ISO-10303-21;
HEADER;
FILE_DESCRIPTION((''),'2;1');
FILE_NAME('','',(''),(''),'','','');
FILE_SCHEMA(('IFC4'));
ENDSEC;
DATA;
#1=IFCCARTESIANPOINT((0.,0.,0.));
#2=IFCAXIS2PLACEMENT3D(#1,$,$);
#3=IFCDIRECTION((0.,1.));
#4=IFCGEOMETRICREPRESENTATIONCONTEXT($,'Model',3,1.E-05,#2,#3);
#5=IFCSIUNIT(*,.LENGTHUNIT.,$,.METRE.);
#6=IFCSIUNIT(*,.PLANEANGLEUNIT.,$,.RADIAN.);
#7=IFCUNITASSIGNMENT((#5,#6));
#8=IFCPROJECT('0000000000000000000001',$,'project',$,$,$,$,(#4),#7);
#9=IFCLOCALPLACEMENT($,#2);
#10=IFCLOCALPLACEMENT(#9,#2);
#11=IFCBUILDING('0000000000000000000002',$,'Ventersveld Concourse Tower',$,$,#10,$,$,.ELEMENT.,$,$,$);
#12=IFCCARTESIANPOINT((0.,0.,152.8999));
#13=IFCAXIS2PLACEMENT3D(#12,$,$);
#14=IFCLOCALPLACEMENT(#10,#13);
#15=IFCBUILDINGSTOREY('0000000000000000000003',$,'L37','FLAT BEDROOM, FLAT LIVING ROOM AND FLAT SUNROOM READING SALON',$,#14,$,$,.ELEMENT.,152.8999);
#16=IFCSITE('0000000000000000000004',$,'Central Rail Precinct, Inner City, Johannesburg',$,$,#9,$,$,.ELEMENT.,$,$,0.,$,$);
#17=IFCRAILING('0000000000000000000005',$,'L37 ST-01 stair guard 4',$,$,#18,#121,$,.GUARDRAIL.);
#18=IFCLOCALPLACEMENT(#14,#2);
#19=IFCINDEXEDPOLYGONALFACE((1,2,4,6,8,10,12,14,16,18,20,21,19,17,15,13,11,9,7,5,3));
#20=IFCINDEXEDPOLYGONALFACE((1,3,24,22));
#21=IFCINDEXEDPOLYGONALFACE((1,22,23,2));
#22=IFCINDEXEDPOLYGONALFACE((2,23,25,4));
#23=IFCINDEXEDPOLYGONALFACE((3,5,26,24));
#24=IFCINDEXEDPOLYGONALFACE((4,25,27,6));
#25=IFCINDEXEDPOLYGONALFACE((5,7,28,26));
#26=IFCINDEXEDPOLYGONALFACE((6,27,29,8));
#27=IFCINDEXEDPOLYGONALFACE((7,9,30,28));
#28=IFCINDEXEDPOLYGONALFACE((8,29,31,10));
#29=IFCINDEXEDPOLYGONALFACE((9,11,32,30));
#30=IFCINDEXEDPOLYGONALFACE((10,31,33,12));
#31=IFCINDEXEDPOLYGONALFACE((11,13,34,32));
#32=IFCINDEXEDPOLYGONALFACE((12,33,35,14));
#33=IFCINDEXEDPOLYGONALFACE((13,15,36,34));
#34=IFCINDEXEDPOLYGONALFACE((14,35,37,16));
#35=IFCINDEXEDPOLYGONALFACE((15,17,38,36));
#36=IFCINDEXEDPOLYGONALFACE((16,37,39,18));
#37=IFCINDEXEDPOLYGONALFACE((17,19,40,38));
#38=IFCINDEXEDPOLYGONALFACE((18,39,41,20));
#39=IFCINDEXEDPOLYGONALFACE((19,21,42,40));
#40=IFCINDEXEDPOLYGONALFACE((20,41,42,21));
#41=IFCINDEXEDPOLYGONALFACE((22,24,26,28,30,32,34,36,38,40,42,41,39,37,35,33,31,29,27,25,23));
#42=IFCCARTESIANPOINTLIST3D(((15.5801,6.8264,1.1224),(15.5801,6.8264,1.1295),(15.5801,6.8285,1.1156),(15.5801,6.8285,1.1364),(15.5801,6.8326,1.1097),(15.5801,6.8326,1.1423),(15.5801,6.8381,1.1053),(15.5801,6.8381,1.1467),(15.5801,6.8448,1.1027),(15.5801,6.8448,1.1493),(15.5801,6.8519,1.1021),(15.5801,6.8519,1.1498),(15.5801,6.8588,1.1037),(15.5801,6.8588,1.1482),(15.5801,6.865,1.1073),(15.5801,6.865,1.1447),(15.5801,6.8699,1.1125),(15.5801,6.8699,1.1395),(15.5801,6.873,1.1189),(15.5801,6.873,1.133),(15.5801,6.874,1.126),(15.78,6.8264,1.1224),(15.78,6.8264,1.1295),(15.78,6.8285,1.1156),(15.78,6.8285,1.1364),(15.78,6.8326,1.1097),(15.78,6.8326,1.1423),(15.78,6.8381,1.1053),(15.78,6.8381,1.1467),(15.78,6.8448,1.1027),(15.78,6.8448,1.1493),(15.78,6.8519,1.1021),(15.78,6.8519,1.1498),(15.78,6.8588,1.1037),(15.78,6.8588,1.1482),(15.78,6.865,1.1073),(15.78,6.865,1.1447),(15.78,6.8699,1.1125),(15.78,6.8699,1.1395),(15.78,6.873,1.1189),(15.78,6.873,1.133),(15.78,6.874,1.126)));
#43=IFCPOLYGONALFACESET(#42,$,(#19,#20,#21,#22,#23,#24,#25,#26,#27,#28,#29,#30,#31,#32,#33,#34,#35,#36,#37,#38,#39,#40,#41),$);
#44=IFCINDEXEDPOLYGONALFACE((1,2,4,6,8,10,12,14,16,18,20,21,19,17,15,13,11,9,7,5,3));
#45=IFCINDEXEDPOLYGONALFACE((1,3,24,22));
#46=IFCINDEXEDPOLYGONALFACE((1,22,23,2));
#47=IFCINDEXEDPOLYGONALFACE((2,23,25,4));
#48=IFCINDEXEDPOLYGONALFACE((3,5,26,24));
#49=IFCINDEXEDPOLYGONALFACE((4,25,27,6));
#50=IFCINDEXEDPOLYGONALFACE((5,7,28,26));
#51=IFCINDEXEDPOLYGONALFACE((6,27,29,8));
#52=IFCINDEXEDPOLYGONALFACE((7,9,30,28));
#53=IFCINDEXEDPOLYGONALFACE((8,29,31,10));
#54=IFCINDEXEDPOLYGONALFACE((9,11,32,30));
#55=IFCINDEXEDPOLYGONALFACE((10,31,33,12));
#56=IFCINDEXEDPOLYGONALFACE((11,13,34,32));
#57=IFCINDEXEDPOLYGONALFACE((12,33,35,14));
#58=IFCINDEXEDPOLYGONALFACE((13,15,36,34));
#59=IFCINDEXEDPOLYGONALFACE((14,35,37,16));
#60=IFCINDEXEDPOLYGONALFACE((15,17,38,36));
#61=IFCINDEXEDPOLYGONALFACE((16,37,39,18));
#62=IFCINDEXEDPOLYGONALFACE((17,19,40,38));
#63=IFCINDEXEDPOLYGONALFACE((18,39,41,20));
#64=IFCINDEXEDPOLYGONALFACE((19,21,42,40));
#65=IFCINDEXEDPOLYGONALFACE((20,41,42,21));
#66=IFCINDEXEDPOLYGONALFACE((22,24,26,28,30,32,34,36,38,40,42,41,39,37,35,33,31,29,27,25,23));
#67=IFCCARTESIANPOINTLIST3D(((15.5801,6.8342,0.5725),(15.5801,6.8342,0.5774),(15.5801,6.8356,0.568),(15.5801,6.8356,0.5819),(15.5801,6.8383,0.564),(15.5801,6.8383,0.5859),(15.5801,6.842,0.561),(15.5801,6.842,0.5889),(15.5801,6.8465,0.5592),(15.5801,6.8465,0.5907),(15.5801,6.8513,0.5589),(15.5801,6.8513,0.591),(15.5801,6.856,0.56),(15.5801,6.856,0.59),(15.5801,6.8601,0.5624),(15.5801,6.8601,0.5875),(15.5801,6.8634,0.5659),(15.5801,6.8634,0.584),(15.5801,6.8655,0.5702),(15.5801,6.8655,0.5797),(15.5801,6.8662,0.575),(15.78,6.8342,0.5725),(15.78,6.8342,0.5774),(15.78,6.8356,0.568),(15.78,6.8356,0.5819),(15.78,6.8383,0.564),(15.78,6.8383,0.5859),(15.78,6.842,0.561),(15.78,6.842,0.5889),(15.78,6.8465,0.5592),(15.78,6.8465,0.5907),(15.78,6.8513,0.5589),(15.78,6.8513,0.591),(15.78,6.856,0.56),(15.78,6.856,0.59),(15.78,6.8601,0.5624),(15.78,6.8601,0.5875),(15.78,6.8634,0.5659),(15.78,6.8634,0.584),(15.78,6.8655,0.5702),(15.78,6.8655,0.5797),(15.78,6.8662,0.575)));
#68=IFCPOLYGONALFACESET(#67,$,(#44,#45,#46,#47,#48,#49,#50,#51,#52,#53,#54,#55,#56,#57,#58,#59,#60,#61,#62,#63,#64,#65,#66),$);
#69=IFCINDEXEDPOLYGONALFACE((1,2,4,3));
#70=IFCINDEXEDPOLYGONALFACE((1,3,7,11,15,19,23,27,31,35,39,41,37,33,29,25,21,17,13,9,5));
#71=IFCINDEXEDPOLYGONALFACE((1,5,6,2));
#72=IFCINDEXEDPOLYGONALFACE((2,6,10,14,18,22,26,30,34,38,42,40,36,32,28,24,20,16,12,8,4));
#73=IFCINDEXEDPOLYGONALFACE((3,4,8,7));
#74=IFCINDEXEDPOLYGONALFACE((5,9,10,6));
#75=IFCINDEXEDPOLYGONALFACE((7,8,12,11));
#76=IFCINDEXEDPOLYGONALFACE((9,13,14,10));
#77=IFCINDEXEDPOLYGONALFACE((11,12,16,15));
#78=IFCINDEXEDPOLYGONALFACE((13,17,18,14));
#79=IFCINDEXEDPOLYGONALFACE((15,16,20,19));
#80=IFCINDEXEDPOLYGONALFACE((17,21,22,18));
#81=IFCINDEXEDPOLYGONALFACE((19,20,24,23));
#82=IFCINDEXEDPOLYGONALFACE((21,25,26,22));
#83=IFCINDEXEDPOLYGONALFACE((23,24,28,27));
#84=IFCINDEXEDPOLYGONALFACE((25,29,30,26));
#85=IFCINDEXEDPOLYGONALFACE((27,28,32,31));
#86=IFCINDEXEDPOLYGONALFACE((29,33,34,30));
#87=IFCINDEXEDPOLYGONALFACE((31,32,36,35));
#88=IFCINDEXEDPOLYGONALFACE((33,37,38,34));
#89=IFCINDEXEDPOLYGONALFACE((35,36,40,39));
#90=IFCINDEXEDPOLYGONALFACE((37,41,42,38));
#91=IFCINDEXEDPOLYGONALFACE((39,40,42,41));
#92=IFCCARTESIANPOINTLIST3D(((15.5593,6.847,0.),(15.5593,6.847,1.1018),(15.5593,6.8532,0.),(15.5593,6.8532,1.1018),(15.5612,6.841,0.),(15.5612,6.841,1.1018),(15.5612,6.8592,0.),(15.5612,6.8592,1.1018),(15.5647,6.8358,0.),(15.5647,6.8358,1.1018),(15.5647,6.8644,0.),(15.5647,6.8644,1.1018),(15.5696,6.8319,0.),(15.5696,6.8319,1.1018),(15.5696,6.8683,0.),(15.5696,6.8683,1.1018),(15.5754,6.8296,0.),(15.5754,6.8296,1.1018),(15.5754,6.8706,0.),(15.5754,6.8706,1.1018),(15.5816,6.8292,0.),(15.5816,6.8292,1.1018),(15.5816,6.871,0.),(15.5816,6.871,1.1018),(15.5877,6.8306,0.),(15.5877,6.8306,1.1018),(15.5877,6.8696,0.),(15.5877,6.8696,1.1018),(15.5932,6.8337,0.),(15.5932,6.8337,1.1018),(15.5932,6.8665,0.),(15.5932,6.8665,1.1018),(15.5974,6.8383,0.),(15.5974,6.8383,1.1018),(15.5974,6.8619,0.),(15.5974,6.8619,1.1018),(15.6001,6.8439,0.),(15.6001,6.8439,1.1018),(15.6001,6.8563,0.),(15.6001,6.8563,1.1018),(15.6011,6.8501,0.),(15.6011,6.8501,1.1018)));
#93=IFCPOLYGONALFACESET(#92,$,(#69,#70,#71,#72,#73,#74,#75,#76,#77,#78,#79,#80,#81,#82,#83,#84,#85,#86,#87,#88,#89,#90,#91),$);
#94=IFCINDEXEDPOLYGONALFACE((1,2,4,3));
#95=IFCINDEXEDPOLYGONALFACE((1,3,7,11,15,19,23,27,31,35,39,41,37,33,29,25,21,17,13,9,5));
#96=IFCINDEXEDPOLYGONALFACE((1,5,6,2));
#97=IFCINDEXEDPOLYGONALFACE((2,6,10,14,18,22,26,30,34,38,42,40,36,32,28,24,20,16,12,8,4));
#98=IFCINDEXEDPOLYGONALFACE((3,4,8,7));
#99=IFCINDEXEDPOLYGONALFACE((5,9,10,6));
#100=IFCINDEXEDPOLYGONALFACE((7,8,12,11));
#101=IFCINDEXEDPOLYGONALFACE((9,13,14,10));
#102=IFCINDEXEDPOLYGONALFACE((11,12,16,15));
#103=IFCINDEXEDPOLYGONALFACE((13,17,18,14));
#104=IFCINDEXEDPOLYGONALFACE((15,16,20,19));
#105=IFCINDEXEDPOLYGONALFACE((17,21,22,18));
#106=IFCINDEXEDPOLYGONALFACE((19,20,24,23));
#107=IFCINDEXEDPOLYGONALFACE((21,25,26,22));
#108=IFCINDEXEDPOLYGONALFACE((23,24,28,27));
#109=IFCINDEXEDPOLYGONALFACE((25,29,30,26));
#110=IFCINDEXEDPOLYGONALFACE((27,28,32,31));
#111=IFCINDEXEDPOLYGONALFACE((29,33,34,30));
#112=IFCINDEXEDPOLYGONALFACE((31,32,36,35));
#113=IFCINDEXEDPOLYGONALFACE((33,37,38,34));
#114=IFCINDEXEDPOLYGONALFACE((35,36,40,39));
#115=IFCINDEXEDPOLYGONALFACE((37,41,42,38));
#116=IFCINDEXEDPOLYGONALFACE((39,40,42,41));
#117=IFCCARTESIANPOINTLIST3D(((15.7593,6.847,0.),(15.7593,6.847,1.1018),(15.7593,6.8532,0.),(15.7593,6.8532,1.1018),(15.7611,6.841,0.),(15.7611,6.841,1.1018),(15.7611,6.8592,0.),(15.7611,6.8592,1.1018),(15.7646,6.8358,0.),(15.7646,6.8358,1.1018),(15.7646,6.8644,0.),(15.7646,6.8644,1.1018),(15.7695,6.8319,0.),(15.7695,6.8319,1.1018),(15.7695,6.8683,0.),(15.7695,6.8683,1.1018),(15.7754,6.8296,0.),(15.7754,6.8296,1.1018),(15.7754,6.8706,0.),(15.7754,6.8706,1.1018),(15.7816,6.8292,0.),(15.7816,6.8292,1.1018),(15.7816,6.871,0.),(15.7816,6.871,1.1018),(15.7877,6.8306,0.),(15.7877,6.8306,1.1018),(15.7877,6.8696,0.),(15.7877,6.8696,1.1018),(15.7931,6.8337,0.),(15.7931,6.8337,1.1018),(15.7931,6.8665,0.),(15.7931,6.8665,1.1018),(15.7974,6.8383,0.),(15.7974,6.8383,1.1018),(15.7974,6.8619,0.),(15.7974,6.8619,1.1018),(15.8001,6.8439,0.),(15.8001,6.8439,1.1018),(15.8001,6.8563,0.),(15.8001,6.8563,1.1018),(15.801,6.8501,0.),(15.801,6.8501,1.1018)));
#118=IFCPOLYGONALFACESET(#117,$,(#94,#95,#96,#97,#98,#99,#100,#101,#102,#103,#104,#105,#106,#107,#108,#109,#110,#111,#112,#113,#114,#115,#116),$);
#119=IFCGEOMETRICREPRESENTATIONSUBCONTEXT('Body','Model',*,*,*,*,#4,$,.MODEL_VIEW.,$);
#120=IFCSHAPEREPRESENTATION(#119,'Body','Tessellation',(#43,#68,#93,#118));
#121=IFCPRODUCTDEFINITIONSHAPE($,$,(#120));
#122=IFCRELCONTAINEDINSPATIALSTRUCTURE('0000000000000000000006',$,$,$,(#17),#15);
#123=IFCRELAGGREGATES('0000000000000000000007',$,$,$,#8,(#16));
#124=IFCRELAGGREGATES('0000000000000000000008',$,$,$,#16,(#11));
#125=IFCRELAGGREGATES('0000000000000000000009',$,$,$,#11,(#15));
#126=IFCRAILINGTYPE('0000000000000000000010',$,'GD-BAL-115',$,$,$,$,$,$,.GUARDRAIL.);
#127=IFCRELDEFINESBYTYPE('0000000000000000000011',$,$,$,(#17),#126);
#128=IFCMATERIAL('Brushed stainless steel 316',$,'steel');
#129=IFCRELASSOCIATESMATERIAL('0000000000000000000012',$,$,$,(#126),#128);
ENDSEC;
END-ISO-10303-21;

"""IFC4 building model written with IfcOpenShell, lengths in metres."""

from ifc_helpers import new_model, si_unit, direction, frame, origin, origin_2d, place, context, subcontext, project, spatial, circle, extrude, material, type_object, element, save


model = new_model("IFC4")

# Units and contexts
model_context = context("Model", 3, precision=1e-05, world=origin(), true_north=direction((0.0, 1.0)))
body_context = subcontext(model_context, "Body", "Model", "MODEL_VIEW")
ifc_project = project(units=[si_unit("LENGTHUNIT", "METRE"), si_unit("PLANEANGLEUNIT", "RADIAN")], contexts=[model_context])

# Site, building, storey
site_placement = place(None, origin())
site = spatial("IfcSite", under=ifc_project, at=site_placement, Name="Central Rail Precinct, Inner City, Johannesburg", CompositionType="ELEMENT", RefElevation=0.0)
building_placement = place(site_placement, origin())
building = spatial("IfcBuilding", under=site, at=building_placement, Name="Ventersveld Concourse Tower", CompositionType="ELEMENT")
storey_placement = place(building_placement, frame((0.0, 0.0, 152.8999)))
storey = spatial("IfcBuildingStorey", under=building, at=storey_placement, Name="L37", Description="FLAT BEDROOM, FLAT LIVING ROOM AND FLAT SUNROOM READING SALON", CompositionType="ELEMENT", Elevation=152.8999)

# Shared definitions
ifc_material_1 = material(Name="Brushed stainless steel 316", Category="steel")

# Railing
railing_type = type_object("IfcRailingType", Name="GD-BAL-115", PredefinedType="GUARDRAIL", material=ifc_material_1)
railing_1_placement = place(storey_placement, frame((15.5801, 6.8501, 0.0)))
element("IfcRailing", 1, at=railing_1_placement, inside=storey, type_object=railing_type, Name="L37 ST-01 stair guard 4", PredefinedType="GUARDRAIL", context=body_context, shape_type="SweptSolid", body=[
    extrude(circle(Radius=0.0239, at=origin_2d()), frame((0.0, 0.0, 1.126), z_axis=(1.0, 0.0, 0.0), x_axis=(0.0, 1.0, 0.0)), (0.0, 0.0, 1.0), 0.2),
    extrude(circle(Radius=0.0161, at=origin_2d()), frame((0.0, 0.0, 0.575), z_axis=(1.0, 0.0, 0.0), x_axis=(0.0, 1.0, 0.0)), (0.0, 0.0, 1.0), 0.2),
    extrude(circle(Radius=0.021, at=origin_2d()), origin(), (0.0, 0.0, 1.0), 1.1018),
    extrude(circle(Radius=0.021, at=origin_2d()), frame((0.2, 0.0, 0.0)), (0.0, 0.0, 1.0), 1.1018),
])

save(model, "model.ifc")
